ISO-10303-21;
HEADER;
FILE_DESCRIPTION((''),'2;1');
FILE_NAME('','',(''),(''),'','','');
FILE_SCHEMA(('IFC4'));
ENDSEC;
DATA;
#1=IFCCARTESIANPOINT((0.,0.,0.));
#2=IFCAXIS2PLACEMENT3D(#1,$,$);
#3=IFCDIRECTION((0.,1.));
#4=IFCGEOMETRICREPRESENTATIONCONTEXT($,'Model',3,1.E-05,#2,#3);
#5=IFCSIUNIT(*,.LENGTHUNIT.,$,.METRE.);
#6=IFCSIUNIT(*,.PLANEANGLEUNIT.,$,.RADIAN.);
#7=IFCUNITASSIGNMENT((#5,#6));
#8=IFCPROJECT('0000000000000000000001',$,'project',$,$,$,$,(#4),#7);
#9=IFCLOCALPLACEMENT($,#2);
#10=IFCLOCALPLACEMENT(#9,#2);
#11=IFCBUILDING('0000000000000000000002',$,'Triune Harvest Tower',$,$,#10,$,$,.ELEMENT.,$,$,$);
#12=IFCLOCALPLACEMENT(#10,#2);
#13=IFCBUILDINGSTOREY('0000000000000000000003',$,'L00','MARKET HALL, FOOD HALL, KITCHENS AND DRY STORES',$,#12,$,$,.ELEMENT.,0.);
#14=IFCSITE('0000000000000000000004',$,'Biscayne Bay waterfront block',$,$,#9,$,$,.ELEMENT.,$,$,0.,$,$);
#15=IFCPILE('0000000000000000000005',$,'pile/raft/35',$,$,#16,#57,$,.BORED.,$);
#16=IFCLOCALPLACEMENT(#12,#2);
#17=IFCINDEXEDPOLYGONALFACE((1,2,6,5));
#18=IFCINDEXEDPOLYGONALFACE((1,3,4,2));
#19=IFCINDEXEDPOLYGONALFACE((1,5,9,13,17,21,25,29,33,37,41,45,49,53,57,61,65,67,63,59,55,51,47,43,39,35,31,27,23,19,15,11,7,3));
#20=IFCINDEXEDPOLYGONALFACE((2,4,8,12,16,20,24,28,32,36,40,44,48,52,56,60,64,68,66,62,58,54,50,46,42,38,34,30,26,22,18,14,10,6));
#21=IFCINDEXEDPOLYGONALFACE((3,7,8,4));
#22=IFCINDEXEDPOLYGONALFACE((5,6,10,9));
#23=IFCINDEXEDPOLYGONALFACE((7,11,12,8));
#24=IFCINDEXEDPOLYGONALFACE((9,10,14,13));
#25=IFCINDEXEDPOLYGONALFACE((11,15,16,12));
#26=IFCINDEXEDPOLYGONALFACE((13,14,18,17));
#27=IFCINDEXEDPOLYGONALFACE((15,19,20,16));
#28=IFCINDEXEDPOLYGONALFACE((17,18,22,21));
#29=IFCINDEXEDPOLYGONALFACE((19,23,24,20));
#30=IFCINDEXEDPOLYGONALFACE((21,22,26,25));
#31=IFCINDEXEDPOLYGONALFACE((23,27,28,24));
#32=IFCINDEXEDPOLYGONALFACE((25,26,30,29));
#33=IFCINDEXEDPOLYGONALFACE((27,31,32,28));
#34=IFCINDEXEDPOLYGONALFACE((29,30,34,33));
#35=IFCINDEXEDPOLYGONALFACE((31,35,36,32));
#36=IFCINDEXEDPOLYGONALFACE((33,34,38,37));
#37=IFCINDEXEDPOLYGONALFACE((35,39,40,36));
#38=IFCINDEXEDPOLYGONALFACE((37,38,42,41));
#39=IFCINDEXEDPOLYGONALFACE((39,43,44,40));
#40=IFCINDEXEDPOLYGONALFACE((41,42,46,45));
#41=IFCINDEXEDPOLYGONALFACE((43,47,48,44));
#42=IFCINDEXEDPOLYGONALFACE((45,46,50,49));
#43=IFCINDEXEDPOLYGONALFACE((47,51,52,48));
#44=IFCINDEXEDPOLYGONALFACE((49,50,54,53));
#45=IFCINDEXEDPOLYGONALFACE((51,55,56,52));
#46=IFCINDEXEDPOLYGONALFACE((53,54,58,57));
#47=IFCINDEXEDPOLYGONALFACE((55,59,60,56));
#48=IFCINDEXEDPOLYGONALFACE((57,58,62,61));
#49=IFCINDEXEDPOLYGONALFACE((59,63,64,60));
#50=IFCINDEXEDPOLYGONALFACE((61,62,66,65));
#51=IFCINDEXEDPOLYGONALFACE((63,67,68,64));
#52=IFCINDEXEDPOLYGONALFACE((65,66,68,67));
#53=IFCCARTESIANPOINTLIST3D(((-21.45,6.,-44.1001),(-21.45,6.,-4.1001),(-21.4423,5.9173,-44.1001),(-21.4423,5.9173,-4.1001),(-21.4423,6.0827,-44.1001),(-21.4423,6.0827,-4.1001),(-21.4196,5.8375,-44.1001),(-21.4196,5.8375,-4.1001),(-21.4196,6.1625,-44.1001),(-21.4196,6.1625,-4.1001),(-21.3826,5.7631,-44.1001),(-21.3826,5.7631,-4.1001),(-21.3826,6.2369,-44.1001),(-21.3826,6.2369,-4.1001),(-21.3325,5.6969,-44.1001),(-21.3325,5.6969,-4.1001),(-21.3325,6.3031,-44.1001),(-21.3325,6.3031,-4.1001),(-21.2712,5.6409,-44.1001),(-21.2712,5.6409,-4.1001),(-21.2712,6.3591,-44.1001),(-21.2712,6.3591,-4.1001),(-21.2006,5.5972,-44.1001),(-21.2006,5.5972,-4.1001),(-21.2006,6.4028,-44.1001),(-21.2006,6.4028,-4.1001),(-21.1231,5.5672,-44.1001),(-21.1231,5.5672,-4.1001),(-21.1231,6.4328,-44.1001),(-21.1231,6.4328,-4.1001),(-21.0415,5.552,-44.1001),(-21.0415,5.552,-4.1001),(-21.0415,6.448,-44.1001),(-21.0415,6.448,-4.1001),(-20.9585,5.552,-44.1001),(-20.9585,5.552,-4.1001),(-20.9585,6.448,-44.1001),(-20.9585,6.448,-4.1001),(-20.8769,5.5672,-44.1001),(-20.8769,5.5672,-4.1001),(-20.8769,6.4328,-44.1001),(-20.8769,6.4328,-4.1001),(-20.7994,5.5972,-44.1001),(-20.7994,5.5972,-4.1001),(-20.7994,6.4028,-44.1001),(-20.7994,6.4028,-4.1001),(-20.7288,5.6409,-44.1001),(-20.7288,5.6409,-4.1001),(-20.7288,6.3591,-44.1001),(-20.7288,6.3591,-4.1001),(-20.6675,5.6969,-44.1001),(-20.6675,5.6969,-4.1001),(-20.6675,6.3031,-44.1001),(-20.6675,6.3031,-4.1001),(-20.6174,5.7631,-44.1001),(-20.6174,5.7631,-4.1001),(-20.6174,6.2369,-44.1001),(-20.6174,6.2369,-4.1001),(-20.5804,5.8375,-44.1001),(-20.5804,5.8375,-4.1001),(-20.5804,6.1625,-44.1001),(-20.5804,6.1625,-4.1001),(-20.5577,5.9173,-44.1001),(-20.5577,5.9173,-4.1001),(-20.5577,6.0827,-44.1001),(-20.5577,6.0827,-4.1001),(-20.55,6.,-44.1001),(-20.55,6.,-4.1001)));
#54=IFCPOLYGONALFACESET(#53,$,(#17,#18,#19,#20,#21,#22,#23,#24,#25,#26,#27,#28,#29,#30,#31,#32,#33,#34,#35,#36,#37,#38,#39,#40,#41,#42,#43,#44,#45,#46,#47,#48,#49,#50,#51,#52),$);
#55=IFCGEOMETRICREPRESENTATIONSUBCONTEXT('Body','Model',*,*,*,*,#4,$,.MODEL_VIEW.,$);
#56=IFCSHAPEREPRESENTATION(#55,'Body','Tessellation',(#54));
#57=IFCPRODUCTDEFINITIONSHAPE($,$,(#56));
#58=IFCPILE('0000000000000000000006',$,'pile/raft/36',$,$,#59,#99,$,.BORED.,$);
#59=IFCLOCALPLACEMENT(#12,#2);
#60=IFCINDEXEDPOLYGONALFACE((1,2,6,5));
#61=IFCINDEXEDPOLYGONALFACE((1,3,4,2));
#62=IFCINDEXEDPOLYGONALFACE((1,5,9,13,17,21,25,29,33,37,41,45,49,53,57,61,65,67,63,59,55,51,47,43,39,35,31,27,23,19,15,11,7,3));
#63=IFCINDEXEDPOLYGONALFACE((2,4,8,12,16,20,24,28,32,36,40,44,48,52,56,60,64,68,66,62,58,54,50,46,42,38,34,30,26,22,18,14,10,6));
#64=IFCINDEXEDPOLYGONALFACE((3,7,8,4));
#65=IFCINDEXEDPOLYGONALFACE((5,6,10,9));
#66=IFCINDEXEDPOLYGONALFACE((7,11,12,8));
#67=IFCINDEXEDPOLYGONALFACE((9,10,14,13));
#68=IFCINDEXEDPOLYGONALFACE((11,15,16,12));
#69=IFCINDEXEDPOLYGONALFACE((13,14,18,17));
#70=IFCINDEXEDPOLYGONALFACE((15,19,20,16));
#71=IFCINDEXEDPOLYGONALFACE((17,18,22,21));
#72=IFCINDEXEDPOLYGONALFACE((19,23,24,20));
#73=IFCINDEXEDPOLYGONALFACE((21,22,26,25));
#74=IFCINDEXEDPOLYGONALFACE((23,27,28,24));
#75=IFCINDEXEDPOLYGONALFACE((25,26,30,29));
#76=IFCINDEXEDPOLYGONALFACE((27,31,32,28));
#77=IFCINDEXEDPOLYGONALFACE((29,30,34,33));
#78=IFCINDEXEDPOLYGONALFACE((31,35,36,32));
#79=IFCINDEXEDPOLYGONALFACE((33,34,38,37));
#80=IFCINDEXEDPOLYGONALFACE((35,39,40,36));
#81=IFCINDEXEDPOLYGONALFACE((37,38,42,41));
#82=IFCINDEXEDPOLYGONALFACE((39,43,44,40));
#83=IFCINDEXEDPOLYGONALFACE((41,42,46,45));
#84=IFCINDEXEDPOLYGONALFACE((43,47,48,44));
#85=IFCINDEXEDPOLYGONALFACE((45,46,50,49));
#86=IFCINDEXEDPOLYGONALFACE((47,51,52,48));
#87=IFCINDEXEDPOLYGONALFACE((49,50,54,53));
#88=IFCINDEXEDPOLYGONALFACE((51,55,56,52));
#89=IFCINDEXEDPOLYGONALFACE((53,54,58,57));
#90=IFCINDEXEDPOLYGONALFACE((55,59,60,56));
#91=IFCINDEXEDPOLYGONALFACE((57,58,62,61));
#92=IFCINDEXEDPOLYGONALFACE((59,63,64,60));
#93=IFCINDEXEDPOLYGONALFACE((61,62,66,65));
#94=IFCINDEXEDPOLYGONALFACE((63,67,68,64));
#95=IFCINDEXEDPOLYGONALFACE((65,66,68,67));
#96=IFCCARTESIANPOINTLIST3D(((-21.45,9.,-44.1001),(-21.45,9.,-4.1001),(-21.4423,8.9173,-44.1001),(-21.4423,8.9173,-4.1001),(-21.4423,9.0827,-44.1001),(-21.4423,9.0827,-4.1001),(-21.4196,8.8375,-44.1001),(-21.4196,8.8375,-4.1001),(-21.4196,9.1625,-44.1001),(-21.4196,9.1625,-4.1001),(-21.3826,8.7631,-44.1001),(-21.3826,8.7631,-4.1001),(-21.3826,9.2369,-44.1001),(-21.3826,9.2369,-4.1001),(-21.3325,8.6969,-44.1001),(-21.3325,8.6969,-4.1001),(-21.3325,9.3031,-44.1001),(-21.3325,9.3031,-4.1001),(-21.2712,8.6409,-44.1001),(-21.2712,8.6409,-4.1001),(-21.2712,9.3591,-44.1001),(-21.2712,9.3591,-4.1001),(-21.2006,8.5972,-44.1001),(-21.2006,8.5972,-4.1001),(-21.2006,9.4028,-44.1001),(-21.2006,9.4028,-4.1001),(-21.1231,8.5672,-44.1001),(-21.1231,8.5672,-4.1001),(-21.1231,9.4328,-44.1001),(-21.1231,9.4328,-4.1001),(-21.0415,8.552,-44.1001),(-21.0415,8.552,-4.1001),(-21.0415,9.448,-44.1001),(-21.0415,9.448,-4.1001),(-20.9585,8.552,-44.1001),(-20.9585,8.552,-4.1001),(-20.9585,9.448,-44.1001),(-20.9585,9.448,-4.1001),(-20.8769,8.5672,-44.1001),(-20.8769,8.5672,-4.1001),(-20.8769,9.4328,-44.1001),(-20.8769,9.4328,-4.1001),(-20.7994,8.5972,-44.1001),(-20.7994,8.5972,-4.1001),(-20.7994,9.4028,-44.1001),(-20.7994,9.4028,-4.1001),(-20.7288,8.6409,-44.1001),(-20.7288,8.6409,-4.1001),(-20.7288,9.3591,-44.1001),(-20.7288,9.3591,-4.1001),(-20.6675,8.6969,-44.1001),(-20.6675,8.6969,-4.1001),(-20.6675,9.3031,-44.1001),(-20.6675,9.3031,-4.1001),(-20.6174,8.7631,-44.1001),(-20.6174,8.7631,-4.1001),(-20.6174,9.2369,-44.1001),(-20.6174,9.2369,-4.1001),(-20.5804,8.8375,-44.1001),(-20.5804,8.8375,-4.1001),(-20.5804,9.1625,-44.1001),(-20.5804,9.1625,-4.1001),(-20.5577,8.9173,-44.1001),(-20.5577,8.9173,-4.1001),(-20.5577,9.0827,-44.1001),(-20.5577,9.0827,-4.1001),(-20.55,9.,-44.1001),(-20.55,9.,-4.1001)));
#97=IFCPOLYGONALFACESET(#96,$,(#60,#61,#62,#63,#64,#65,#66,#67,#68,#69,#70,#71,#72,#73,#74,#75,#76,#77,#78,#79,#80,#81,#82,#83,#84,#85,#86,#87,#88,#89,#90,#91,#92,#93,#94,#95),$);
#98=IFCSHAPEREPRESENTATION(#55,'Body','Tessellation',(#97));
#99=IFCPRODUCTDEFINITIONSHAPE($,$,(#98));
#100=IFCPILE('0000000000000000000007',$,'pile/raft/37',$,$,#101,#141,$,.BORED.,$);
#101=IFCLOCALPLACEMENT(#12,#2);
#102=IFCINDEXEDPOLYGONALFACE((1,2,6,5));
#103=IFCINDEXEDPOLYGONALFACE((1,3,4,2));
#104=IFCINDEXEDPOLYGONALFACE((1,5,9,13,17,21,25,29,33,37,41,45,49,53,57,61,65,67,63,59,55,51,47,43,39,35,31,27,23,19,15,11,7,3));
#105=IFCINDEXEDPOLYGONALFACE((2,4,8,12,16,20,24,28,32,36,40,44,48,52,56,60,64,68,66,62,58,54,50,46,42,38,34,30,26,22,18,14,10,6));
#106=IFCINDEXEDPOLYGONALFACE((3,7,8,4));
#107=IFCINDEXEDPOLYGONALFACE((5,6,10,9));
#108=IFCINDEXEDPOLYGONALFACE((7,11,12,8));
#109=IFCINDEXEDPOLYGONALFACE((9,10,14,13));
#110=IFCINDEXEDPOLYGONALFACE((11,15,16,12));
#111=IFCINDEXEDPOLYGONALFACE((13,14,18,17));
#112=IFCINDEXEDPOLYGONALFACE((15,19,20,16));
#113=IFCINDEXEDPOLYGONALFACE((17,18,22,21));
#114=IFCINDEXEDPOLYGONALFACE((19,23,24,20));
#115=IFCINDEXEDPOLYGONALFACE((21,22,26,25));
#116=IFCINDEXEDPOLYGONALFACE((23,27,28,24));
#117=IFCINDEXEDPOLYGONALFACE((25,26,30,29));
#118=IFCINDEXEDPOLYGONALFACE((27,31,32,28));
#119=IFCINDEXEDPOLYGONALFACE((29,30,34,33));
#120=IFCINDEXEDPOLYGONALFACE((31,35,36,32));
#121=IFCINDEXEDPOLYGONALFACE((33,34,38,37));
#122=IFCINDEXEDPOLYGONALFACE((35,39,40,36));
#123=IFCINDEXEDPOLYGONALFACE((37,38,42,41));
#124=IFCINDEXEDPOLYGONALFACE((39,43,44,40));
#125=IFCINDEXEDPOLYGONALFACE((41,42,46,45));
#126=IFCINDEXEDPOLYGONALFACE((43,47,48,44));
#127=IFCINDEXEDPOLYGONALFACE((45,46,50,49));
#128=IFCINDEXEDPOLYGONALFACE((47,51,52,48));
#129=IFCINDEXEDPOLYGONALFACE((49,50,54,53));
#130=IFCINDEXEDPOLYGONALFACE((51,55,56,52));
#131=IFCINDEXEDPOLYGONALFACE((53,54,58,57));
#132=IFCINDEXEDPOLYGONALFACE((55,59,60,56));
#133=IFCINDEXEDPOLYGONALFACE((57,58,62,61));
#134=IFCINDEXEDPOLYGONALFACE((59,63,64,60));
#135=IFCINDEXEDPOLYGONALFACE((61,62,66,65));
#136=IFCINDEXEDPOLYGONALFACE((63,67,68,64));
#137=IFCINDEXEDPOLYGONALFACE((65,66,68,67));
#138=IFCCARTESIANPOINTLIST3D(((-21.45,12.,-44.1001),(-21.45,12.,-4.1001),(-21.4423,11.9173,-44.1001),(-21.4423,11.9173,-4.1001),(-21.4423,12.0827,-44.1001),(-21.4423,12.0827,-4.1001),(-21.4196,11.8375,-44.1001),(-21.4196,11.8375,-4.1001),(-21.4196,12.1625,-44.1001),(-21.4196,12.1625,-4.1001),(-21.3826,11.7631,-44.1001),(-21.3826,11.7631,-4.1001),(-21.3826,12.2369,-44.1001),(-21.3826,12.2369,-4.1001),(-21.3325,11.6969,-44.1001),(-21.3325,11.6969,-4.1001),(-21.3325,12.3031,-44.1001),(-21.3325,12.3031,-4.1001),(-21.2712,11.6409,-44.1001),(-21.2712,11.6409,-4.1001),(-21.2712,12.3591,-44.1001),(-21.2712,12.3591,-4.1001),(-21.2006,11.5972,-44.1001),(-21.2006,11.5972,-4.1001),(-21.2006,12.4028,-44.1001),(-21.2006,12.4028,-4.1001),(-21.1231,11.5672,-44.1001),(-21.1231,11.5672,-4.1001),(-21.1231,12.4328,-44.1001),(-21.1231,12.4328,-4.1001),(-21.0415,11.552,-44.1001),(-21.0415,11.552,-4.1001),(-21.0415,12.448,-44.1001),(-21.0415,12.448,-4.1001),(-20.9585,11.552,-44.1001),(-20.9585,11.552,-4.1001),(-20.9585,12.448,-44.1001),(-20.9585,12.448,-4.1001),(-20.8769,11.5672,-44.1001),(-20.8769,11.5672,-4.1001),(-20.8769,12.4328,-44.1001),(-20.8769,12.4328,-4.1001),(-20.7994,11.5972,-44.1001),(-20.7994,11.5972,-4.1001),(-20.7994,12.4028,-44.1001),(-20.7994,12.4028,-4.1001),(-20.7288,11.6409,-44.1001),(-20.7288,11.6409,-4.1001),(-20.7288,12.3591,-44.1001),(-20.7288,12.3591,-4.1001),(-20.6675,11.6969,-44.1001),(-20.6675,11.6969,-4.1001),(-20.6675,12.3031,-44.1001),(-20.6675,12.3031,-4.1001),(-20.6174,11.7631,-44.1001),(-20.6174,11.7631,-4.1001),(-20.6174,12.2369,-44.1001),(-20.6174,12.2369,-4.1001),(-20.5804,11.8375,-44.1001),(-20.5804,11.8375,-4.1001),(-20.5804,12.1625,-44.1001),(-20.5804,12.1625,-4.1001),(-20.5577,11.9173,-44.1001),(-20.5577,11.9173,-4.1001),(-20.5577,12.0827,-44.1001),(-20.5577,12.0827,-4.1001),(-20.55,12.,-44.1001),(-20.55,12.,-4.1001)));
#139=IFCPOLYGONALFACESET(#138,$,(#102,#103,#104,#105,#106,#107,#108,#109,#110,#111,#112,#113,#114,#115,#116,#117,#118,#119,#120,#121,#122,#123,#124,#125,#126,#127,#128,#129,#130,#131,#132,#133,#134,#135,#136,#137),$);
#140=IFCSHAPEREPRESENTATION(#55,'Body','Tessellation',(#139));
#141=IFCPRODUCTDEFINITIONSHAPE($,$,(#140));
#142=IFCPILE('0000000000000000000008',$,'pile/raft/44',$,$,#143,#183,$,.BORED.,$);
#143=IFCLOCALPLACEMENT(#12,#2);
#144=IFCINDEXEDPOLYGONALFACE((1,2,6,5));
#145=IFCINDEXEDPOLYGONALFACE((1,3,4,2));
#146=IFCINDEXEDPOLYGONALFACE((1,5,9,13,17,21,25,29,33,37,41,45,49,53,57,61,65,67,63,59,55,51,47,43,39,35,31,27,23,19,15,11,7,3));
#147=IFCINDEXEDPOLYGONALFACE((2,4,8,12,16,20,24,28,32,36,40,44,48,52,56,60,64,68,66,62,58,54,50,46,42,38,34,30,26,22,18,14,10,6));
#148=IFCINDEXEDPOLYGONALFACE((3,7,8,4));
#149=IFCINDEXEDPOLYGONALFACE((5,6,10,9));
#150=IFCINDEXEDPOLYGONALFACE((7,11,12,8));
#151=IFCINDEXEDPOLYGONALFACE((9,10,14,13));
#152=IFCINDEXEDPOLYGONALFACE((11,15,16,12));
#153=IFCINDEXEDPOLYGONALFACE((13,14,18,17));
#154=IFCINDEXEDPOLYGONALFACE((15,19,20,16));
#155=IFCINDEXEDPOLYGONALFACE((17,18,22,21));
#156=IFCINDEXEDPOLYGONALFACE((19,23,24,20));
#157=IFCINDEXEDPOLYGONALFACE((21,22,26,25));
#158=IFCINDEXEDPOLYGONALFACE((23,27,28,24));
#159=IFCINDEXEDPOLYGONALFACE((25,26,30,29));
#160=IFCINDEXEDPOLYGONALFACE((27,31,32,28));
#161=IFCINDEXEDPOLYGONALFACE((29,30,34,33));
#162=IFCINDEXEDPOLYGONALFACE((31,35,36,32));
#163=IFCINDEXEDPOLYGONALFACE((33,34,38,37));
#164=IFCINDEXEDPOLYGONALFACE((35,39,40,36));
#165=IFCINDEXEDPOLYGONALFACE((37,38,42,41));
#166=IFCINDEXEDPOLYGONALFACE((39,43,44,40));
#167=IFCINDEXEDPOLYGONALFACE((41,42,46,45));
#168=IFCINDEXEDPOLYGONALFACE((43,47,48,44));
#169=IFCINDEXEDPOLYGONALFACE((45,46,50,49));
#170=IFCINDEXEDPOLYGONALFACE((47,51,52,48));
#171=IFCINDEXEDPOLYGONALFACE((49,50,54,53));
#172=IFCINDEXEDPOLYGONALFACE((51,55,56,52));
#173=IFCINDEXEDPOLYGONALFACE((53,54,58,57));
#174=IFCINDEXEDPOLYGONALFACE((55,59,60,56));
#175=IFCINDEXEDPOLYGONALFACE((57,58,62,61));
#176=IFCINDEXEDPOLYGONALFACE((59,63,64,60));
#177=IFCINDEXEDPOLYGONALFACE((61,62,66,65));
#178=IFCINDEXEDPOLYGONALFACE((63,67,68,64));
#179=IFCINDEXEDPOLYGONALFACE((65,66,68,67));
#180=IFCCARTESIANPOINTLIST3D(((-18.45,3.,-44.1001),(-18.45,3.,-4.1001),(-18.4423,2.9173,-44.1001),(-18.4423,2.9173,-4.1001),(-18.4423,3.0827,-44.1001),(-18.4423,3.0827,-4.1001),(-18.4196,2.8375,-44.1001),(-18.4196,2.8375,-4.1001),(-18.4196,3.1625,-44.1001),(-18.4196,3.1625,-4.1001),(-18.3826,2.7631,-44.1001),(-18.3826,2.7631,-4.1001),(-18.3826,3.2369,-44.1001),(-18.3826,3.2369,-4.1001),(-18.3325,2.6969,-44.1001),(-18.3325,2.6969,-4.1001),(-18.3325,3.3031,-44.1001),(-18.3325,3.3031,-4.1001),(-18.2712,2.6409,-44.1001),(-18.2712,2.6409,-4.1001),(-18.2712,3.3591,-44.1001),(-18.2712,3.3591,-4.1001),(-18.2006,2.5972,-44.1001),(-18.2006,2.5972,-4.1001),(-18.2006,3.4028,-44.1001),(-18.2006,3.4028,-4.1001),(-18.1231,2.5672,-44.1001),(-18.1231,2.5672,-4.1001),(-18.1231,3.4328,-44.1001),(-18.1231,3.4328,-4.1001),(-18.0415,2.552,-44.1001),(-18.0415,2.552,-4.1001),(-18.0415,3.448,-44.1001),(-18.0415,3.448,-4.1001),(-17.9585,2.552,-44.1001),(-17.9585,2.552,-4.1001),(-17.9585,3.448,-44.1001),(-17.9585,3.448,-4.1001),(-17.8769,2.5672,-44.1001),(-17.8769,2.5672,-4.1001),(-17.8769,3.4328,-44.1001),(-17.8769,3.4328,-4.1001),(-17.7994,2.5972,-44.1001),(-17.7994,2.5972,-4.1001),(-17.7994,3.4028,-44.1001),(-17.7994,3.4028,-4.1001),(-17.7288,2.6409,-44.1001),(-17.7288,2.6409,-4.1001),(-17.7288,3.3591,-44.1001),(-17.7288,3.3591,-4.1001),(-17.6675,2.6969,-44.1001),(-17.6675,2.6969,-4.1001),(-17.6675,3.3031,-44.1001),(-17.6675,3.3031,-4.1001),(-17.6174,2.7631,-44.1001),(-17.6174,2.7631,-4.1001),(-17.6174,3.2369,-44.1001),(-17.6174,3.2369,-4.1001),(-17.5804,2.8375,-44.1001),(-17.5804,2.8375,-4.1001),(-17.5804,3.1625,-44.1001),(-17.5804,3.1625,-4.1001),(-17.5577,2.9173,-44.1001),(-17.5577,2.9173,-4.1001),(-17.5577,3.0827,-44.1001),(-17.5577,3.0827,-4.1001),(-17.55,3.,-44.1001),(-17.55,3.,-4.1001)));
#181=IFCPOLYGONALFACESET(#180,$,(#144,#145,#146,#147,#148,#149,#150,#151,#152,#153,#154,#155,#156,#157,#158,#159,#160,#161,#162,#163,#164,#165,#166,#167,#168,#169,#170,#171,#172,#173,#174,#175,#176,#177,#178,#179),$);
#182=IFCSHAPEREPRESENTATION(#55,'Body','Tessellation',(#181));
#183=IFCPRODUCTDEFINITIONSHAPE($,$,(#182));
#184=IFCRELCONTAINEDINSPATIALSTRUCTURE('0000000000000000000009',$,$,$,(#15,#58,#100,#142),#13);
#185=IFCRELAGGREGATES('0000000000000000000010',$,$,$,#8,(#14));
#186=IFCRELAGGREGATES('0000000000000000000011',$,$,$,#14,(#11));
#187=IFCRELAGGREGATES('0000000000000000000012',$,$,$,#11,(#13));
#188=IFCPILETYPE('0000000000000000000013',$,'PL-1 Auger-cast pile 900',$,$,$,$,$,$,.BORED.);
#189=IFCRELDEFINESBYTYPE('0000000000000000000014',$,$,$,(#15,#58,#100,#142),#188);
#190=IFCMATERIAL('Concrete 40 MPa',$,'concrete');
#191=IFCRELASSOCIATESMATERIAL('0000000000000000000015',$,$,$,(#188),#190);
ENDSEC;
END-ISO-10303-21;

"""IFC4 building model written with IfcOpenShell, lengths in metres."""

from ifc_helpers import new_model, si_unit, direction, frame, origin, origin_2d, place, context, subcontext, project, spatial, circle, extrude, source, transform, mapped, material, material_profile, profile_set, type_object, element, save


model = new_model("IFC4")

# Units and contexts
model_context = context("Model", 3, precision=1e-05, world=origin(), true_north=direction((0.0, 1.0)))
body_context = subcontext(model_context, "Body", "Model", "MODEL_VIEW")
ifc_project = project(units=[si_unit("LENGTHUNIT", "METRE"), si_unit("PLANEANGLEUNIT", "RADIAN")], contexts=[model_context])

# Site, building, storey
site_placement = place(None, origin())
site = spatial("IfcSite", under=ifc_project, at=site_placement, Name="Biscayne Bay waterfront block", CompositionType="ELEMENT", RefElevation=0.0)
building_placement = place(site_placement, origin())
building = spatial("IfcBuilding", under=site, at=building_placement, Name="Triune Harvest Tower", CompositionType="ELEMENT")
storey_placement = place(building_placement, origin())
storey = spatial("IfcBuildingStorey", under=building, at=storey_placement, Name="L00", Description="MARKET HALL, FOOD HALL, KITCHENS AND DRY STORES", CompositionType="ELEMENT", Elevation=0.0)

# Piles
ifc_material_1 = material(Name="Concrete 40 MPa", Category="concrete")
ifc_material_profile_1 = material_profile(ifc_material_1, circle(Radius=0.45, at=origin_2d()), Name="Bored 900")
ifc_profile_set_1 = profile_set([ifc_material_profile_1], Name="Concrete 40 MPa")
pile_type = type_object("IfcPileType", Name="PL-1 Auger-cast pile 900", PredefinedType="BORED", material=ifc_profile_set_1)
shared_shape_1 = source(origin(), body_context, "Body", "SweptSolid", [
    extrude(circle(Radius=0.45, at=origin_2d()), origin(), (0.0, 0.0, 1.0), 40.0),
])
for number, where, z_axis, x_axis, name in (
    (1, (-21.0, 6.0, -4.1001), (0.0, 0.0, -1.0), (1.0, 0.0, 0.0), "pile/raft/35"),
    (2, (-21.0, 9.0, -4.1001), (0.0, 0.0, -1.0), (1.0, 0.0, 0.0), "pile/raft/36"),
    (3, (-21.0, 12.0, -4.1001), (0.0, 0.0, -1.0), (1.0, 0.0, 0.0), "pile/raft/37"),
    (4, (-18.0, 3.0, -4.1001), (0.0, 0.0, -1.0), (1.0, 0.0, 0.0), "pile/raft/44"),
):
    element("IfcPile", number, at=place(storey_placement, frame(where, z_axis=z_axis, x_axis=x_axis)), inside=storey, type_object=pile_type, Name=name, PredefinedType="BORED", context=body_context, shape_type="MappedRepresentation", body=[
        mapped(shared_shape_1, transform((0.0, 0.0, 0.0), scale=1.0)),
    ])

save(model, "model.ifc")
